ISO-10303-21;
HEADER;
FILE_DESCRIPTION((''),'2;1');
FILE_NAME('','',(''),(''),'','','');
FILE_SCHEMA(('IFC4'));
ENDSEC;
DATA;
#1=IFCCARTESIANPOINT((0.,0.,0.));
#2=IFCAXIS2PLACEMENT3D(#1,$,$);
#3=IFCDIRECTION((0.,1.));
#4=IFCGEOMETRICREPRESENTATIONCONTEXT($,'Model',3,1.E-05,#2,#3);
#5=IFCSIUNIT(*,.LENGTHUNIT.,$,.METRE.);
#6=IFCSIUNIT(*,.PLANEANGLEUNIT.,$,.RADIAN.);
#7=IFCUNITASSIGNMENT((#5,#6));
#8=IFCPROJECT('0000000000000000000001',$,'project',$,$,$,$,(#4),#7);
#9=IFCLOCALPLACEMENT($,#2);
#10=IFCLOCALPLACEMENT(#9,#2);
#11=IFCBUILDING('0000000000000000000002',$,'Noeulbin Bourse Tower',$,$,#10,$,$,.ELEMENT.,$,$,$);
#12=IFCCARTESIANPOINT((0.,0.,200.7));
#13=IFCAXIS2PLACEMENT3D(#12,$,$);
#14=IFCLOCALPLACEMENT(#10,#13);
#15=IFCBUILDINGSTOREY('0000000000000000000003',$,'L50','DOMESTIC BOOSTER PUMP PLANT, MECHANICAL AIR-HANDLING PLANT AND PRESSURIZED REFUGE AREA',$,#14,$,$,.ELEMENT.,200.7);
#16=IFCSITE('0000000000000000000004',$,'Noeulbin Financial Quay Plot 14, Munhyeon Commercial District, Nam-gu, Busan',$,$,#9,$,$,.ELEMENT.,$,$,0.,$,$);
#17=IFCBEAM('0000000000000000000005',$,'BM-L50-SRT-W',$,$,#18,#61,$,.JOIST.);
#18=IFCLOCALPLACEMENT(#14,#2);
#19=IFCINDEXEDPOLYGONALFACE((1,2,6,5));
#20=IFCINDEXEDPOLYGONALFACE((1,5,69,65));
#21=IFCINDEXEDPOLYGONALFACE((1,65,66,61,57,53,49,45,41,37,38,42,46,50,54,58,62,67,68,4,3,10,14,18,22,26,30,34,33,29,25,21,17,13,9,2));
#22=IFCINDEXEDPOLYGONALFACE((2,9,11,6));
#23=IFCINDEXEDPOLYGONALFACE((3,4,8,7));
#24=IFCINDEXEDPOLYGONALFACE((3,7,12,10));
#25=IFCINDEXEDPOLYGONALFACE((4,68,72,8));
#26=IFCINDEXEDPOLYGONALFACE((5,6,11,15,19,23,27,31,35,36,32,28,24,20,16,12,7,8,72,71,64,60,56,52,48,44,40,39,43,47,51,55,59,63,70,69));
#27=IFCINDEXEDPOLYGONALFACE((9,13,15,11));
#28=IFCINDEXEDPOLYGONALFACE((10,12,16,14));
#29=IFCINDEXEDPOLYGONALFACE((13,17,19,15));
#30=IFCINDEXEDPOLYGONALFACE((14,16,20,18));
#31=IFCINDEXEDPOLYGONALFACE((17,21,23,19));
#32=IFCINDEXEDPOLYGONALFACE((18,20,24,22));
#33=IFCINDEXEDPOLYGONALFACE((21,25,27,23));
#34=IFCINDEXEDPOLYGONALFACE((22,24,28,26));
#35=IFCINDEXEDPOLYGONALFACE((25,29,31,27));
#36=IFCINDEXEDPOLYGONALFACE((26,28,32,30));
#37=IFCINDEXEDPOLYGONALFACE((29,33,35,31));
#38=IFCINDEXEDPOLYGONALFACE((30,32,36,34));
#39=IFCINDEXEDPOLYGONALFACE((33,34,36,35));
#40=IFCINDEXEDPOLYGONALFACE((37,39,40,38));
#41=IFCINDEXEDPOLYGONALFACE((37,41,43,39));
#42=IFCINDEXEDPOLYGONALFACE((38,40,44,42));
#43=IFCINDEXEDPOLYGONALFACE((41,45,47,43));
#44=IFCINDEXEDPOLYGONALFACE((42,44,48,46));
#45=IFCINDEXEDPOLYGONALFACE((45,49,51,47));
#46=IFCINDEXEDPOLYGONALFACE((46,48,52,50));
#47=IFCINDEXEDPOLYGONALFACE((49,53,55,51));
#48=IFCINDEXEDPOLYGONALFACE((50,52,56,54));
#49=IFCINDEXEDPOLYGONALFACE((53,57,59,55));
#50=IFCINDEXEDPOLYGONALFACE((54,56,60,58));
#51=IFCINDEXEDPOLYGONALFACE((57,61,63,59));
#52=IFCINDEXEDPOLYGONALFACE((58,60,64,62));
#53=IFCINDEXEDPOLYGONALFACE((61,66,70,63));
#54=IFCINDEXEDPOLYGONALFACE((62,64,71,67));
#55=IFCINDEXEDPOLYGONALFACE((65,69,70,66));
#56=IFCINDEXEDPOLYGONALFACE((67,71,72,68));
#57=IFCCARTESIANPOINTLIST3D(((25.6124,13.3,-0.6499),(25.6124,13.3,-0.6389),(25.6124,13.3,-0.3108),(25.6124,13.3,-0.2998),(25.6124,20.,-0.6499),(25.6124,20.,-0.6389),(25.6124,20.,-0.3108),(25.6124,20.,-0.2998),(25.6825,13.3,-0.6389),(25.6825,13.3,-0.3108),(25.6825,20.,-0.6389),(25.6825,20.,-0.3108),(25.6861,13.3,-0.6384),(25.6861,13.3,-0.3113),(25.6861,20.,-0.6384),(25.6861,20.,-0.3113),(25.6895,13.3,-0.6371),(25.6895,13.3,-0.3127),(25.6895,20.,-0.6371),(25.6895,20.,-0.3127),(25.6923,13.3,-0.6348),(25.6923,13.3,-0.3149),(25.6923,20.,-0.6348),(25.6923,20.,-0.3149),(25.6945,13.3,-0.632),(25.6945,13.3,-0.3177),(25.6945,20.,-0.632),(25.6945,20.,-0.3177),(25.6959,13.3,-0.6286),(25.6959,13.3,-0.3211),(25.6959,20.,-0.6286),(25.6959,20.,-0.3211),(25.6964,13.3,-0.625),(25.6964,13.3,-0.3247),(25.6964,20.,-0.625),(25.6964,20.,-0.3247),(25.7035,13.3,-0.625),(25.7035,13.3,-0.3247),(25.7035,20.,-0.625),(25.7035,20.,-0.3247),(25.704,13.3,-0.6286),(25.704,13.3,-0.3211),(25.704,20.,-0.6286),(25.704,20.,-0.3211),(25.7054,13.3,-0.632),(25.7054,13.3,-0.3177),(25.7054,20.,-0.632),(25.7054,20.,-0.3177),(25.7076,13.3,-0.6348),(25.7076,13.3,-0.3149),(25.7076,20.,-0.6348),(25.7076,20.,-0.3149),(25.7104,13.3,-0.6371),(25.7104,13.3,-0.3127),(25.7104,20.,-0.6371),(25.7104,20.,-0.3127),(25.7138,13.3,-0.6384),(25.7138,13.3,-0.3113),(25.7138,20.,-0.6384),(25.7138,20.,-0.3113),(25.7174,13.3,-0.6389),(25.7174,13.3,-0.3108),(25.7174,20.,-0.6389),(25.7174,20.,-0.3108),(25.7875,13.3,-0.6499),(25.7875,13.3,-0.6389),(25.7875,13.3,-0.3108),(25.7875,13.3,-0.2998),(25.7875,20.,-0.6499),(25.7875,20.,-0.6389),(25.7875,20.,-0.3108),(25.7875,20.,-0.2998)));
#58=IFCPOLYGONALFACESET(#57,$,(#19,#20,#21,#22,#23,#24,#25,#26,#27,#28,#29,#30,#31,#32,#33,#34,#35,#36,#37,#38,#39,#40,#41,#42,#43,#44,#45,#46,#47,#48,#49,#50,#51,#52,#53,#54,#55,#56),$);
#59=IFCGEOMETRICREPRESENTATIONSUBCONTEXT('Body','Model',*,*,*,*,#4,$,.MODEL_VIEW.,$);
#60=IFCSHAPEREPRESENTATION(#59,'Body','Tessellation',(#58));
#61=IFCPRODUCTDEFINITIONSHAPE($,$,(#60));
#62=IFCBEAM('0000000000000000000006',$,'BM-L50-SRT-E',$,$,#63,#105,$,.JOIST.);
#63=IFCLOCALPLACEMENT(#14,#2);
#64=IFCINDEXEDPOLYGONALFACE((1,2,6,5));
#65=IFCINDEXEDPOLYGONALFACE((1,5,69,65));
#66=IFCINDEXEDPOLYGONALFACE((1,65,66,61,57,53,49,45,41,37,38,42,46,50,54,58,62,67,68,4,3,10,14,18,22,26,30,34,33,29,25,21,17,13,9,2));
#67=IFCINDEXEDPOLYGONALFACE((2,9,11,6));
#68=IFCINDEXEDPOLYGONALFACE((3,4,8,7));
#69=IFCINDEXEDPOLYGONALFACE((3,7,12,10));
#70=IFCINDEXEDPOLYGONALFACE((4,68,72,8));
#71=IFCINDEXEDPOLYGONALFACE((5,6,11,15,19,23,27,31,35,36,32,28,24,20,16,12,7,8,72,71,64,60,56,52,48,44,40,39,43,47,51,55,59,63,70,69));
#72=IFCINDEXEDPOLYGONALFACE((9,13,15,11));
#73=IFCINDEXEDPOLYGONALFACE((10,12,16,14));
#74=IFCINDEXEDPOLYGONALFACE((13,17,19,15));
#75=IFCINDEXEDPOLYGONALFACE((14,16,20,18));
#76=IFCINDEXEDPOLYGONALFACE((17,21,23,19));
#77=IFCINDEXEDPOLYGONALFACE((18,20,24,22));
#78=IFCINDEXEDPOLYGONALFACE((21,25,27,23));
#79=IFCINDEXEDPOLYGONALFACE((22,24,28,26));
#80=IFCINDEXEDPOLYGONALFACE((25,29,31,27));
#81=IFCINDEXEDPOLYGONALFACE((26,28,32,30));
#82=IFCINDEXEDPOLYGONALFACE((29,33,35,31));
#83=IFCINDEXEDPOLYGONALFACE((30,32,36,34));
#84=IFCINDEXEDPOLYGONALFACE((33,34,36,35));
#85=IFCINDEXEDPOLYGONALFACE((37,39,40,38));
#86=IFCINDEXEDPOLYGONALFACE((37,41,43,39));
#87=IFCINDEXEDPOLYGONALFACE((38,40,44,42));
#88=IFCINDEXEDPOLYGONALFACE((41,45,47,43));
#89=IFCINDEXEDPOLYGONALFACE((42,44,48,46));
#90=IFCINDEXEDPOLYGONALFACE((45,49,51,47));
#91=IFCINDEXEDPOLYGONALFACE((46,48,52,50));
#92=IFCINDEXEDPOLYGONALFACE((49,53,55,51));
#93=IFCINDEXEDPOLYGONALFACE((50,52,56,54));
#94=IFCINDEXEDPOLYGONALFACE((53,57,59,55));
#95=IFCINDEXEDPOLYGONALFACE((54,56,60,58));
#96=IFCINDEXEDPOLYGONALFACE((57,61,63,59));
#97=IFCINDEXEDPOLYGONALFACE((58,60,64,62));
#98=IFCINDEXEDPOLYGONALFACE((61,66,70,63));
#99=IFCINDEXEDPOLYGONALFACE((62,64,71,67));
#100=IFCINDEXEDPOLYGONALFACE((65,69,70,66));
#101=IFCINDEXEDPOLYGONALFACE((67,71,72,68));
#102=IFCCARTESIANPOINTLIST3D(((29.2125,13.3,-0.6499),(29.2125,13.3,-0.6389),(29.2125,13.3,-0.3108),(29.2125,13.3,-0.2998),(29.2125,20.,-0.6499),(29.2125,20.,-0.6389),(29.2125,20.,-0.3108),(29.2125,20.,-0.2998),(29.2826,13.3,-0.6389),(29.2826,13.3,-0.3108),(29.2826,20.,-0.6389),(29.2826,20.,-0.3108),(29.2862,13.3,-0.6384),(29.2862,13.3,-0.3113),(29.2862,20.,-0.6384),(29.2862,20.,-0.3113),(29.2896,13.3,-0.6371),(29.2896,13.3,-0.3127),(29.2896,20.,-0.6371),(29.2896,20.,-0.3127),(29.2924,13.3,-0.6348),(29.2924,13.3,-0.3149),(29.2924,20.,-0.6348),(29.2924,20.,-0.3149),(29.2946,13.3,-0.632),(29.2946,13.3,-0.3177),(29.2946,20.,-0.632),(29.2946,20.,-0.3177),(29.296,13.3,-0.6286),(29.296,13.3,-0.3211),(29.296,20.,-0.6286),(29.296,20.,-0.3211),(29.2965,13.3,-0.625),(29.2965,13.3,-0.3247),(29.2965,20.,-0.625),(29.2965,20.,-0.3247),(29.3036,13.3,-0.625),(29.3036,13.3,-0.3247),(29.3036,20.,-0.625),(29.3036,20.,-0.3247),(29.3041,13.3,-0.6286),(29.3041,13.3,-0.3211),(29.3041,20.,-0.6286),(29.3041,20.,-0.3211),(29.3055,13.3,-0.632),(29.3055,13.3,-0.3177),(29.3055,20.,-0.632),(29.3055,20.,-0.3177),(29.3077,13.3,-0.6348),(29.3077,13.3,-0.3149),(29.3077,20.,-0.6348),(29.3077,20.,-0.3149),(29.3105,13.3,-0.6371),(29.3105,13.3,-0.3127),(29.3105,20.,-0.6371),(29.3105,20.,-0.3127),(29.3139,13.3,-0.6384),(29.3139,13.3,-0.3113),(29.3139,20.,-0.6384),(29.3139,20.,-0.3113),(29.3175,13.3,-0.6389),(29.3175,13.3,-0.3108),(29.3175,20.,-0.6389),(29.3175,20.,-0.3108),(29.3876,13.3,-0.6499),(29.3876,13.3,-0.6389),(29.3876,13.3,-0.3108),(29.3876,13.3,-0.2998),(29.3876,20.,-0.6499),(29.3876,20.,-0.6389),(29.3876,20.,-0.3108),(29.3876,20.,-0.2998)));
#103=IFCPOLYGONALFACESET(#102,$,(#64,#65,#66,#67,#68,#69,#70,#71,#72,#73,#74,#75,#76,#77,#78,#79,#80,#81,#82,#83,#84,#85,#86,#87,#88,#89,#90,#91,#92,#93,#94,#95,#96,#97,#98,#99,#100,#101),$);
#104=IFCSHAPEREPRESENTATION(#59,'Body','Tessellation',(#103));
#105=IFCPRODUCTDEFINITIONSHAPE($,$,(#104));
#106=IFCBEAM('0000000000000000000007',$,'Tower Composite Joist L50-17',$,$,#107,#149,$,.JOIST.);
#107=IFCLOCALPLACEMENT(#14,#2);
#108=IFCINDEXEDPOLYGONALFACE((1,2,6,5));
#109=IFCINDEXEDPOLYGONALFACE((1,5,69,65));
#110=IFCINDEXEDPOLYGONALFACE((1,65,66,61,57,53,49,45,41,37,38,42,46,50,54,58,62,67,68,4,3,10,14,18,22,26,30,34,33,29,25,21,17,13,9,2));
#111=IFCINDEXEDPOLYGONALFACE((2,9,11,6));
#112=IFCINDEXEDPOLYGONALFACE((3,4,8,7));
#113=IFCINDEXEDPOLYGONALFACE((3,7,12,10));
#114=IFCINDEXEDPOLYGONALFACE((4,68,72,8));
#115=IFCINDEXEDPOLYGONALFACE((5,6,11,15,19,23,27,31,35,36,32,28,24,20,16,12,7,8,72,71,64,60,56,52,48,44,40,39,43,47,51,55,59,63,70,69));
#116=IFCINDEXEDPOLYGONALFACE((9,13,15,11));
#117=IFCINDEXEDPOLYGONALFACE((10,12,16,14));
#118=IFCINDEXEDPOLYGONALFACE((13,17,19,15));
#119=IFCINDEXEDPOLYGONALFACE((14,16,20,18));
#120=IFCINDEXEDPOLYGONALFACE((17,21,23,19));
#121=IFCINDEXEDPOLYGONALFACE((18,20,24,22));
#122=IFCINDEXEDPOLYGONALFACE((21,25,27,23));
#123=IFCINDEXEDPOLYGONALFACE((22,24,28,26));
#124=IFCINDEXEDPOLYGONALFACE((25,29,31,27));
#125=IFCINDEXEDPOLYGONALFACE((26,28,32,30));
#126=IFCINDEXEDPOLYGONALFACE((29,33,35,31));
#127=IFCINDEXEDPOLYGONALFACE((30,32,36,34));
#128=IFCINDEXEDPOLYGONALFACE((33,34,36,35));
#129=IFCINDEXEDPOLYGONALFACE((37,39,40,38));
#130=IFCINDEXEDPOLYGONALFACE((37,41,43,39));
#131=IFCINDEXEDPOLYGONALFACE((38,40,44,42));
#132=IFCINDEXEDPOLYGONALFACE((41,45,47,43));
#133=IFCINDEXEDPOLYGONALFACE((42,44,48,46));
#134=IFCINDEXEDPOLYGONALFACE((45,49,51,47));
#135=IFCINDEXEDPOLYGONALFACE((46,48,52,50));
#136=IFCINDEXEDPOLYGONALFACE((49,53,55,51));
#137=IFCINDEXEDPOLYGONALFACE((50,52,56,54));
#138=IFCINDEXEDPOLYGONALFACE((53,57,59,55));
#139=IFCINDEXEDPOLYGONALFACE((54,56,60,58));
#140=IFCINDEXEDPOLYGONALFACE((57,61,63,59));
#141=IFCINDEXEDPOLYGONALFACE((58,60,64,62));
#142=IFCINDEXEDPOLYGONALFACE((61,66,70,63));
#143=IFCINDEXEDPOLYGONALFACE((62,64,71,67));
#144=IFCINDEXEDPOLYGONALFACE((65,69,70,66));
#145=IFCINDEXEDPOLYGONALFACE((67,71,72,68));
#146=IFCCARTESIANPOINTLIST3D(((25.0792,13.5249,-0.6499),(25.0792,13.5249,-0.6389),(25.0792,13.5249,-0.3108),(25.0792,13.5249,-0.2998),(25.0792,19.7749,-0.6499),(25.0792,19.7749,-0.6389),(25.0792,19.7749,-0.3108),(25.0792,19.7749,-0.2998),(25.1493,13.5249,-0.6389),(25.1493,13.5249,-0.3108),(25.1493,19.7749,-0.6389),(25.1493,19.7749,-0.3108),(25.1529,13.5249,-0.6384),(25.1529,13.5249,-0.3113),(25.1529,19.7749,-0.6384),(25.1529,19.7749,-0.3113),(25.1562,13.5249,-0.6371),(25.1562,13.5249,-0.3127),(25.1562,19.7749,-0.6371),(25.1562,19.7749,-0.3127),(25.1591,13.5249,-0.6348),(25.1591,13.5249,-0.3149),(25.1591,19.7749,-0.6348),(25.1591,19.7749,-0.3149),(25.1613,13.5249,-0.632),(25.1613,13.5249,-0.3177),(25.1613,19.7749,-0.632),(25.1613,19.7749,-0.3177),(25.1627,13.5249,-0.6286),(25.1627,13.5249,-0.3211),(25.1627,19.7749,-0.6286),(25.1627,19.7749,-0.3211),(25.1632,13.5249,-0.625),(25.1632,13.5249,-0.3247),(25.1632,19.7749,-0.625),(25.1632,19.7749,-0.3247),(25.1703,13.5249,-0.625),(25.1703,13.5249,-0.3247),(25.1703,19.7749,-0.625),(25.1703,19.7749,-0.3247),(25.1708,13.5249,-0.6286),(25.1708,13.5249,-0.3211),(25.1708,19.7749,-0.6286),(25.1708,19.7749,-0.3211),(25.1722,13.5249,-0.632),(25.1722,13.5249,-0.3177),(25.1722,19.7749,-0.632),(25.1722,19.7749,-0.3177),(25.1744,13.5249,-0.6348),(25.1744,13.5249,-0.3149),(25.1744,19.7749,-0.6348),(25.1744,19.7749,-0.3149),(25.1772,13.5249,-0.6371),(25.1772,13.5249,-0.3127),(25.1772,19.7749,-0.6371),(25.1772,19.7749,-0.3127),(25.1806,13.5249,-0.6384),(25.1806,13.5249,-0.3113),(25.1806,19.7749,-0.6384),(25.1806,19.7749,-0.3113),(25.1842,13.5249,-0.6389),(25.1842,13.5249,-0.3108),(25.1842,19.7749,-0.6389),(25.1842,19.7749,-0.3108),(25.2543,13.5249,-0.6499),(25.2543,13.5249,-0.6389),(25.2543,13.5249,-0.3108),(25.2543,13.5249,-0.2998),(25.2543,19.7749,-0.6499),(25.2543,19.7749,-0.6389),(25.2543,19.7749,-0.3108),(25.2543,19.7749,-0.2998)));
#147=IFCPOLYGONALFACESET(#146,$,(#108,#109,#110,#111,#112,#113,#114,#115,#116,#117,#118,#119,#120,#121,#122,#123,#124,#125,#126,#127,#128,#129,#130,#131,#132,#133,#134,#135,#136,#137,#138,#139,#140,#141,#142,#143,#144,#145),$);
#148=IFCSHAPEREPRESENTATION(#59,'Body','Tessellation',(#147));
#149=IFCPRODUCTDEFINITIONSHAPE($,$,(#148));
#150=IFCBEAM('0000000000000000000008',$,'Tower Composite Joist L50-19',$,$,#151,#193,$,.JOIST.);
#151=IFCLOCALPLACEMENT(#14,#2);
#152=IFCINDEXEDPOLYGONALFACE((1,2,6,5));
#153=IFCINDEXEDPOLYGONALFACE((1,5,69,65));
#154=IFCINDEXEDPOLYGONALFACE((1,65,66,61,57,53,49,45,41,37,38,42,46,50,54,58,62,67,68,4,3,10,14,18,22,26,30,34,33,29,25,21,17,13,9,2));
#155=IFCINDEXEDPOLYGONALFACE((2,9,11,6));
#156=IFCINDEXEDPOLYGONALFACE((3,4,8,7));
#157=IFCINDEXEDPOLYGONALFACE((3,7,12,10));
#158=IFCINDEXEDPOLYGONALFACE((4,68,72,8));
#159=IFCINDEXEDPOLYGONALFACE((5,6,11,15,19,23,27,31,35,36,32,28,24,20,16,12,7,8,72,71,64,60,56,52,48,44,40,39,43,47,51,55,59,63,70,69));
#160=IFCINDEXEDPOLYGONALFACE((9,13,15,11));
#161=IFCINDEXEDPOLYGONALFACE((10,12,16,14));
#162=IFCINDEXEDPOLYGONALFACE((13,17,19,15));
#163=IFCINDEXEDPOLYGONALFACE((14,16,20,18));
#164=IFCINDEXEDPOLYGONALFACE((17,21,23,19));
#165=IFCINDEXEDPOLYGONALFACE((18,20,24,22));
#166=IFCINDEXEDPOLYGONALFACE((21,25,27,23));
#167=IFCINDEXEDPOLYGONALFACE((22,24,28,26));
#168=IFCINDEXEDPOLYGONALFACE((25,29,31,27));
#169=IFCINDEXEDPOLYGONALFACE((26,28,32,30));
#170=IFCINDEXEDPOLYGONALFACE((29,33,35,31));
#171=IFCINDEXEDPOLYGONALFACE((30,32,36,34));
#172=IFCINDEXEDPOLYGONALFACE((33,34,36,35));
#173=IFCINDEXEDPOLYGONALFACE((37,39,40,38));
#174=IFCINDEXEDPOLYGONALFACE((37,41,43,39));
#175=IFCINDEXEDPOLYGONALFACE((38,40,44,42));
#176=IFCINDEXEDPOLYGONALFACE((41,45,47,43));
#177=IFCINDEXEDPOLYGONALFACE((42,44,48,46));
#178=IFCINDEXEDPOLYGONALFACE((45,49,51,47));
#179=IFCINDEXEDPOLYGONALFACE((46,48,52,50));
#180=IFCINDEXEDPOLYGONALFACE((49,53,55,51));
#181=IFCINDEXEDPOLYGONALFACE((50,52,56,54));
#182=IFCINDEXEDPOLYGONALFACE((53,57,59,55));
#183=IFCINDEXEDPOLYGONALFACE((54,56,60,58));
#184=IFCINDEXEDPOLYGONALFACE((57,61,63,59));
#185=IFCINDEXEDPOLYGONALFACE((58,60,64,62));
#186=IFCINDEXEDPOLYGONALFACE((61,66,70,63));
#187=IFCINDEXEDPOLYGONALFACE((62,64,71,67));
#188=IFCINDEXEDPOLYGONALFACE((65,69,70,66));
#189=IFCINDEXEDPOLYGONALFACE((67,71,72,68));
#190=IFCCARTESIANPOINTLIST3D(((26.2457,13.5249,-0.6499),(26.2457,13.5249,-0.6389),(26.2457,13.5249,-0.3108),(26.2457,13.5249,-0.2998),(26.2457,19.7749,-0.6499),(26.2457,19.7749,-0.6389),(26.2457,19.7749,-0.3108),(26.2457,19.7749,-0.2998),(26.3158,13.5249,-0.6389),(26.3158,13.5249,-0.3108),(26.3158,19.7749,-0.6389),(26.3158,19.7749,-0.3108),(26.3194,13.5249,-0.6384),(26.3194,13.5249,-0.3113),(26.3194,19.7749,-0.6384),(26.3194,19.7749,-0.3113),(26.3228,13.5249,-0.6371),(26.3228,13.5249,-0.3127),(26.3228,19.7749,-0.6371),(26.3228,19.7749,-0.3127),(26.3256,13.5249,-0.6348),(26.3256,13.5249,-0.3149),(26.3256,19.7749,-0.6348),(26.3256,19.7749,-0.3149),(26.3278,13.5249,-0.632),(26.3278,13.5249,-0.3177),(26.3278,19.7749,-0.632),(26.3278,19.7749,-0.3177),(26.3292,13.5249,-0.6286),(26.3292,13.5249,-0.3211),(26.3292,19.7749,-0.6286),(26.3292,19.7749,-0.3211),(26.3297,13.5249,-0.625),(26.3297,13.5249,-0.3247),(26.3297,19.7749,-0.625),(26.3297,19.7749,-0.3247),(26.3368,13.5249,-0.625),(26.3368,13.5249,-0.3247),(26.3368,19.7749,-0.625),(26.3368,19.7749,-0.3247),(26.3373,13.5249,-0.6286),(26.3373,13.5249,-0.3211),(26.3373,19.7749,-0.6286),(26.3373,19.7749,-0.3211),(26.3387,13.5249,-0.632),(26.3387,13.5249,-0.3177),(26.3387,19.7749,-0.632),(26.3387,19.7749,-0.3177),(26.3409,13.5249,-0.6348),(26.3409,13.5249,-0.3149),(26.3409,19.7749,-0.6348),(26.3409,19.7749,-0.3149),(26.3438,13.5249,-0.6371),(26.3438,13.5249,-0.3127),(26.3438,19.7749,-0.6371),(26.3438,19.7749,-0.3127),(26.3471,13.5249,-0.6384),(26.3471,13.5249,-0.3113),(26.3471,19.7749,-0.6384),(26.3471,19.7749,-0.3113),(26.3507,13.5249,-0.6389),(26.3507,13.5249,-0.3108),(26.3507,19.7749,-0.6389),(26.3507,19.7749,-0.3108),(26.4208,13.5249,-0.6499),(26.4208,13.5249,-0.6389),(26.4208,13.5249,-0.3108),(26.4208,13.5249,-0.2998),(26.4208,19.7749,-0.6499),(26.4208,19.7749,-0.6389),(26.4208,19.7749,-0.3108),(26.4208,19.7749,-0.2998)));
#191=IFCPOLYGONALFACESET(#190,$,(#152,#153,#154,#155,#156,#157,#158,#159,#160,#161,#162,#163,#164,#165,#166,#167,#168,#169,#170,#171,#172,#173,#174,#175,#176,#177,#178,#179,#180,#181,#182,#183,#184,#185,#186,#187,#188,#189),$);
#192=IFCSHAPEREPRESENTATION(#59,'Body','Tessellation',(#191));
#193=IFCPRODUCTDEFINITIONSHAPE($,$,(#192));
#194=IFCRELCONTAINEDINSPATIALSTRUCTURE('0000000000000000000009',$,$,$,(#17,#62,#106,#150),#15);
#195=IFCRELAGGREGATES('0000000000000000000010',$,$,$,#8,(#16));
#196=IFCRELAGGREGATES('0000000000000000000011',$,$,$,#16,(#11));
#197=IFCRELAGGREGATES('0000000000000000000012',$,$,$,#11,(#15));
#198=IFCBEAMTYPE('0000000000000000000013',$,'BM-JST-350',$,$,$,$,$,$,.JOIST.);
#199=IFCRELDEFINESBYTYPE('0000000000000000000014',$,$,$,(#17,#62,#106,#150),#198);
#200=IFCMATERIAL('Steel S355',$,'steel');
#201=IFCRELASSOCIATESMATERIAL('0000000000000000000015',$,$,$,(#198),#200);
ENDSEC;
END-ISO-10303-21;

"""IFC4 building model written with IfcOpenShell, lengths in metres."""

from ifc_helpers import new_model, si_unit, direction, frame, origin, origin_2d, place, context, subcontext, project, spatial, i_section, extrude, material, material_profile, profile_set, type_object, element, save


model = new_model("IFC4")

# Units and contexts
model_context = context("Model", 3, precision=1e-05, world=origin(), true_north=direction((0.0, 1.0)))
body_context = subcontext(model_context, "Body", "Model", "MODEL_VIEW")
ifc_project = project(units=[si_unit("LENGTHUNIT", "METRE"), si_unit("PLANEANGLEUNIT", "RADIAN")], contexts=[model_context])

# Site, building, storey
site_placement = place(None, origin())
site = spatial("IfcSite", under=ifc_project, at=site_placement, Name="Noeulbin Financial Quay Plot 14, Munhyeon Commercial District, Nam-gu, Busan", CompositionType="ELEMENT", RefElevation=0.0)
building_placement = place(site_placement, origin())
building = spatial("IfcBuilding", under=site, at=building_placement, Name="Noeulbin Bourse Tower", CompositionType="ELEMENT")
storey_placement = place(building_placement, frame((0.0, 0.0, 200.7)))
storey = spatial("IfcBuildingStorey", under=building, at=storey_placement, Name="L50", Description="DOMESTIC BOOSTER PUMP PLANT, MECHANICAL AIR-HANDLING PLANT AND PRESSURIZED REFUGE AREA", CompositionType="ELEMENT", Elevation=200.7)

# Beams
ifc_material_1 = material(Name="Steel S355", Category="steel")
ifc_material_profile_1 = material_profile(ifc_material_1, i_section(OverallWidth=0.175, OverallDepth=0.3501, WebThickness=0.0071, FlangeThickness=0.011, FilletRadius=0.0139, at=origin_2d()), Name="H-350x175x7x11", Category="LoadBearing")
ifc_profile_set_1 = profile_set([ifc_material_profile_1], Name="Steel S355")
beam_type = type_object("IfcBeamType", Name="BM-JST-350", PredefinedType="JOIST", material=ifc_profile_set_1)
for number, where, z_axis, x_axis, name in (
    (1, (25.7, 13.3, -0.4749), (0.0, 1.0, 0.0), (-1.0, 0.0, 0.0), "BM-L50-SRT-W"),
    (2, (29.3, 13.3, -0.4749), (0.0, 1.0, 0.0), (-1.0, 0.0, 0.0), "BM-L50-SRT-E"),
):
    element("IfcBeam", number, at=place(storey_placement, frame(where, z_axis=z_axis, x_axis=x_axis)), inside=storey, type_object=beam_type, Name=name, PredefinedType="JOIST", context=body_context, shape_type="SweptSolid", body=[
        extrude(i_section(OverallWidth=0.175, OverallDepth=0.3501, WebThickness=0.0071, FlangeThickness=0.011, FilletRadius=0.0139, at=origin_2d()), origin(), (0.0, 0.0, 1.0), 6.7),
    ])
for number, where, z_axis, x_axis, name in (
    (3, (25.1667, 13.5249, -0.4749), (0.0, 1.0, 0.0), (-1.0, 0.0, 0.0), "Tower Composite Joist L50-17"),
    (4, (26.3333, 13.5249, -0.4749), (0.0, 1.0, 0.0), (-1.0, 0.0, 0.0), "Tower Composite Joist L50-19"),
):
    element("IfcBeam", number, at=place(storey_placement, frame(where, z_axis=z_axis, x_axis=x_axis)), inside=storey, type_object=beam_type, Name=name, PredefinedType="JOIST", context=body_context, shape_type="SweptSolid", body=[
        extrude(i_section(OverallWidth=0.175, OverallDepth=0.3501, WebThickness=0.0071, FlangeThickness=0.011, FilletRadius=0.0139, at=origin_2d()), origin(), (0.0, 0.0, 1.0), 6.25),
    ])

save(model, "model.ifc")
